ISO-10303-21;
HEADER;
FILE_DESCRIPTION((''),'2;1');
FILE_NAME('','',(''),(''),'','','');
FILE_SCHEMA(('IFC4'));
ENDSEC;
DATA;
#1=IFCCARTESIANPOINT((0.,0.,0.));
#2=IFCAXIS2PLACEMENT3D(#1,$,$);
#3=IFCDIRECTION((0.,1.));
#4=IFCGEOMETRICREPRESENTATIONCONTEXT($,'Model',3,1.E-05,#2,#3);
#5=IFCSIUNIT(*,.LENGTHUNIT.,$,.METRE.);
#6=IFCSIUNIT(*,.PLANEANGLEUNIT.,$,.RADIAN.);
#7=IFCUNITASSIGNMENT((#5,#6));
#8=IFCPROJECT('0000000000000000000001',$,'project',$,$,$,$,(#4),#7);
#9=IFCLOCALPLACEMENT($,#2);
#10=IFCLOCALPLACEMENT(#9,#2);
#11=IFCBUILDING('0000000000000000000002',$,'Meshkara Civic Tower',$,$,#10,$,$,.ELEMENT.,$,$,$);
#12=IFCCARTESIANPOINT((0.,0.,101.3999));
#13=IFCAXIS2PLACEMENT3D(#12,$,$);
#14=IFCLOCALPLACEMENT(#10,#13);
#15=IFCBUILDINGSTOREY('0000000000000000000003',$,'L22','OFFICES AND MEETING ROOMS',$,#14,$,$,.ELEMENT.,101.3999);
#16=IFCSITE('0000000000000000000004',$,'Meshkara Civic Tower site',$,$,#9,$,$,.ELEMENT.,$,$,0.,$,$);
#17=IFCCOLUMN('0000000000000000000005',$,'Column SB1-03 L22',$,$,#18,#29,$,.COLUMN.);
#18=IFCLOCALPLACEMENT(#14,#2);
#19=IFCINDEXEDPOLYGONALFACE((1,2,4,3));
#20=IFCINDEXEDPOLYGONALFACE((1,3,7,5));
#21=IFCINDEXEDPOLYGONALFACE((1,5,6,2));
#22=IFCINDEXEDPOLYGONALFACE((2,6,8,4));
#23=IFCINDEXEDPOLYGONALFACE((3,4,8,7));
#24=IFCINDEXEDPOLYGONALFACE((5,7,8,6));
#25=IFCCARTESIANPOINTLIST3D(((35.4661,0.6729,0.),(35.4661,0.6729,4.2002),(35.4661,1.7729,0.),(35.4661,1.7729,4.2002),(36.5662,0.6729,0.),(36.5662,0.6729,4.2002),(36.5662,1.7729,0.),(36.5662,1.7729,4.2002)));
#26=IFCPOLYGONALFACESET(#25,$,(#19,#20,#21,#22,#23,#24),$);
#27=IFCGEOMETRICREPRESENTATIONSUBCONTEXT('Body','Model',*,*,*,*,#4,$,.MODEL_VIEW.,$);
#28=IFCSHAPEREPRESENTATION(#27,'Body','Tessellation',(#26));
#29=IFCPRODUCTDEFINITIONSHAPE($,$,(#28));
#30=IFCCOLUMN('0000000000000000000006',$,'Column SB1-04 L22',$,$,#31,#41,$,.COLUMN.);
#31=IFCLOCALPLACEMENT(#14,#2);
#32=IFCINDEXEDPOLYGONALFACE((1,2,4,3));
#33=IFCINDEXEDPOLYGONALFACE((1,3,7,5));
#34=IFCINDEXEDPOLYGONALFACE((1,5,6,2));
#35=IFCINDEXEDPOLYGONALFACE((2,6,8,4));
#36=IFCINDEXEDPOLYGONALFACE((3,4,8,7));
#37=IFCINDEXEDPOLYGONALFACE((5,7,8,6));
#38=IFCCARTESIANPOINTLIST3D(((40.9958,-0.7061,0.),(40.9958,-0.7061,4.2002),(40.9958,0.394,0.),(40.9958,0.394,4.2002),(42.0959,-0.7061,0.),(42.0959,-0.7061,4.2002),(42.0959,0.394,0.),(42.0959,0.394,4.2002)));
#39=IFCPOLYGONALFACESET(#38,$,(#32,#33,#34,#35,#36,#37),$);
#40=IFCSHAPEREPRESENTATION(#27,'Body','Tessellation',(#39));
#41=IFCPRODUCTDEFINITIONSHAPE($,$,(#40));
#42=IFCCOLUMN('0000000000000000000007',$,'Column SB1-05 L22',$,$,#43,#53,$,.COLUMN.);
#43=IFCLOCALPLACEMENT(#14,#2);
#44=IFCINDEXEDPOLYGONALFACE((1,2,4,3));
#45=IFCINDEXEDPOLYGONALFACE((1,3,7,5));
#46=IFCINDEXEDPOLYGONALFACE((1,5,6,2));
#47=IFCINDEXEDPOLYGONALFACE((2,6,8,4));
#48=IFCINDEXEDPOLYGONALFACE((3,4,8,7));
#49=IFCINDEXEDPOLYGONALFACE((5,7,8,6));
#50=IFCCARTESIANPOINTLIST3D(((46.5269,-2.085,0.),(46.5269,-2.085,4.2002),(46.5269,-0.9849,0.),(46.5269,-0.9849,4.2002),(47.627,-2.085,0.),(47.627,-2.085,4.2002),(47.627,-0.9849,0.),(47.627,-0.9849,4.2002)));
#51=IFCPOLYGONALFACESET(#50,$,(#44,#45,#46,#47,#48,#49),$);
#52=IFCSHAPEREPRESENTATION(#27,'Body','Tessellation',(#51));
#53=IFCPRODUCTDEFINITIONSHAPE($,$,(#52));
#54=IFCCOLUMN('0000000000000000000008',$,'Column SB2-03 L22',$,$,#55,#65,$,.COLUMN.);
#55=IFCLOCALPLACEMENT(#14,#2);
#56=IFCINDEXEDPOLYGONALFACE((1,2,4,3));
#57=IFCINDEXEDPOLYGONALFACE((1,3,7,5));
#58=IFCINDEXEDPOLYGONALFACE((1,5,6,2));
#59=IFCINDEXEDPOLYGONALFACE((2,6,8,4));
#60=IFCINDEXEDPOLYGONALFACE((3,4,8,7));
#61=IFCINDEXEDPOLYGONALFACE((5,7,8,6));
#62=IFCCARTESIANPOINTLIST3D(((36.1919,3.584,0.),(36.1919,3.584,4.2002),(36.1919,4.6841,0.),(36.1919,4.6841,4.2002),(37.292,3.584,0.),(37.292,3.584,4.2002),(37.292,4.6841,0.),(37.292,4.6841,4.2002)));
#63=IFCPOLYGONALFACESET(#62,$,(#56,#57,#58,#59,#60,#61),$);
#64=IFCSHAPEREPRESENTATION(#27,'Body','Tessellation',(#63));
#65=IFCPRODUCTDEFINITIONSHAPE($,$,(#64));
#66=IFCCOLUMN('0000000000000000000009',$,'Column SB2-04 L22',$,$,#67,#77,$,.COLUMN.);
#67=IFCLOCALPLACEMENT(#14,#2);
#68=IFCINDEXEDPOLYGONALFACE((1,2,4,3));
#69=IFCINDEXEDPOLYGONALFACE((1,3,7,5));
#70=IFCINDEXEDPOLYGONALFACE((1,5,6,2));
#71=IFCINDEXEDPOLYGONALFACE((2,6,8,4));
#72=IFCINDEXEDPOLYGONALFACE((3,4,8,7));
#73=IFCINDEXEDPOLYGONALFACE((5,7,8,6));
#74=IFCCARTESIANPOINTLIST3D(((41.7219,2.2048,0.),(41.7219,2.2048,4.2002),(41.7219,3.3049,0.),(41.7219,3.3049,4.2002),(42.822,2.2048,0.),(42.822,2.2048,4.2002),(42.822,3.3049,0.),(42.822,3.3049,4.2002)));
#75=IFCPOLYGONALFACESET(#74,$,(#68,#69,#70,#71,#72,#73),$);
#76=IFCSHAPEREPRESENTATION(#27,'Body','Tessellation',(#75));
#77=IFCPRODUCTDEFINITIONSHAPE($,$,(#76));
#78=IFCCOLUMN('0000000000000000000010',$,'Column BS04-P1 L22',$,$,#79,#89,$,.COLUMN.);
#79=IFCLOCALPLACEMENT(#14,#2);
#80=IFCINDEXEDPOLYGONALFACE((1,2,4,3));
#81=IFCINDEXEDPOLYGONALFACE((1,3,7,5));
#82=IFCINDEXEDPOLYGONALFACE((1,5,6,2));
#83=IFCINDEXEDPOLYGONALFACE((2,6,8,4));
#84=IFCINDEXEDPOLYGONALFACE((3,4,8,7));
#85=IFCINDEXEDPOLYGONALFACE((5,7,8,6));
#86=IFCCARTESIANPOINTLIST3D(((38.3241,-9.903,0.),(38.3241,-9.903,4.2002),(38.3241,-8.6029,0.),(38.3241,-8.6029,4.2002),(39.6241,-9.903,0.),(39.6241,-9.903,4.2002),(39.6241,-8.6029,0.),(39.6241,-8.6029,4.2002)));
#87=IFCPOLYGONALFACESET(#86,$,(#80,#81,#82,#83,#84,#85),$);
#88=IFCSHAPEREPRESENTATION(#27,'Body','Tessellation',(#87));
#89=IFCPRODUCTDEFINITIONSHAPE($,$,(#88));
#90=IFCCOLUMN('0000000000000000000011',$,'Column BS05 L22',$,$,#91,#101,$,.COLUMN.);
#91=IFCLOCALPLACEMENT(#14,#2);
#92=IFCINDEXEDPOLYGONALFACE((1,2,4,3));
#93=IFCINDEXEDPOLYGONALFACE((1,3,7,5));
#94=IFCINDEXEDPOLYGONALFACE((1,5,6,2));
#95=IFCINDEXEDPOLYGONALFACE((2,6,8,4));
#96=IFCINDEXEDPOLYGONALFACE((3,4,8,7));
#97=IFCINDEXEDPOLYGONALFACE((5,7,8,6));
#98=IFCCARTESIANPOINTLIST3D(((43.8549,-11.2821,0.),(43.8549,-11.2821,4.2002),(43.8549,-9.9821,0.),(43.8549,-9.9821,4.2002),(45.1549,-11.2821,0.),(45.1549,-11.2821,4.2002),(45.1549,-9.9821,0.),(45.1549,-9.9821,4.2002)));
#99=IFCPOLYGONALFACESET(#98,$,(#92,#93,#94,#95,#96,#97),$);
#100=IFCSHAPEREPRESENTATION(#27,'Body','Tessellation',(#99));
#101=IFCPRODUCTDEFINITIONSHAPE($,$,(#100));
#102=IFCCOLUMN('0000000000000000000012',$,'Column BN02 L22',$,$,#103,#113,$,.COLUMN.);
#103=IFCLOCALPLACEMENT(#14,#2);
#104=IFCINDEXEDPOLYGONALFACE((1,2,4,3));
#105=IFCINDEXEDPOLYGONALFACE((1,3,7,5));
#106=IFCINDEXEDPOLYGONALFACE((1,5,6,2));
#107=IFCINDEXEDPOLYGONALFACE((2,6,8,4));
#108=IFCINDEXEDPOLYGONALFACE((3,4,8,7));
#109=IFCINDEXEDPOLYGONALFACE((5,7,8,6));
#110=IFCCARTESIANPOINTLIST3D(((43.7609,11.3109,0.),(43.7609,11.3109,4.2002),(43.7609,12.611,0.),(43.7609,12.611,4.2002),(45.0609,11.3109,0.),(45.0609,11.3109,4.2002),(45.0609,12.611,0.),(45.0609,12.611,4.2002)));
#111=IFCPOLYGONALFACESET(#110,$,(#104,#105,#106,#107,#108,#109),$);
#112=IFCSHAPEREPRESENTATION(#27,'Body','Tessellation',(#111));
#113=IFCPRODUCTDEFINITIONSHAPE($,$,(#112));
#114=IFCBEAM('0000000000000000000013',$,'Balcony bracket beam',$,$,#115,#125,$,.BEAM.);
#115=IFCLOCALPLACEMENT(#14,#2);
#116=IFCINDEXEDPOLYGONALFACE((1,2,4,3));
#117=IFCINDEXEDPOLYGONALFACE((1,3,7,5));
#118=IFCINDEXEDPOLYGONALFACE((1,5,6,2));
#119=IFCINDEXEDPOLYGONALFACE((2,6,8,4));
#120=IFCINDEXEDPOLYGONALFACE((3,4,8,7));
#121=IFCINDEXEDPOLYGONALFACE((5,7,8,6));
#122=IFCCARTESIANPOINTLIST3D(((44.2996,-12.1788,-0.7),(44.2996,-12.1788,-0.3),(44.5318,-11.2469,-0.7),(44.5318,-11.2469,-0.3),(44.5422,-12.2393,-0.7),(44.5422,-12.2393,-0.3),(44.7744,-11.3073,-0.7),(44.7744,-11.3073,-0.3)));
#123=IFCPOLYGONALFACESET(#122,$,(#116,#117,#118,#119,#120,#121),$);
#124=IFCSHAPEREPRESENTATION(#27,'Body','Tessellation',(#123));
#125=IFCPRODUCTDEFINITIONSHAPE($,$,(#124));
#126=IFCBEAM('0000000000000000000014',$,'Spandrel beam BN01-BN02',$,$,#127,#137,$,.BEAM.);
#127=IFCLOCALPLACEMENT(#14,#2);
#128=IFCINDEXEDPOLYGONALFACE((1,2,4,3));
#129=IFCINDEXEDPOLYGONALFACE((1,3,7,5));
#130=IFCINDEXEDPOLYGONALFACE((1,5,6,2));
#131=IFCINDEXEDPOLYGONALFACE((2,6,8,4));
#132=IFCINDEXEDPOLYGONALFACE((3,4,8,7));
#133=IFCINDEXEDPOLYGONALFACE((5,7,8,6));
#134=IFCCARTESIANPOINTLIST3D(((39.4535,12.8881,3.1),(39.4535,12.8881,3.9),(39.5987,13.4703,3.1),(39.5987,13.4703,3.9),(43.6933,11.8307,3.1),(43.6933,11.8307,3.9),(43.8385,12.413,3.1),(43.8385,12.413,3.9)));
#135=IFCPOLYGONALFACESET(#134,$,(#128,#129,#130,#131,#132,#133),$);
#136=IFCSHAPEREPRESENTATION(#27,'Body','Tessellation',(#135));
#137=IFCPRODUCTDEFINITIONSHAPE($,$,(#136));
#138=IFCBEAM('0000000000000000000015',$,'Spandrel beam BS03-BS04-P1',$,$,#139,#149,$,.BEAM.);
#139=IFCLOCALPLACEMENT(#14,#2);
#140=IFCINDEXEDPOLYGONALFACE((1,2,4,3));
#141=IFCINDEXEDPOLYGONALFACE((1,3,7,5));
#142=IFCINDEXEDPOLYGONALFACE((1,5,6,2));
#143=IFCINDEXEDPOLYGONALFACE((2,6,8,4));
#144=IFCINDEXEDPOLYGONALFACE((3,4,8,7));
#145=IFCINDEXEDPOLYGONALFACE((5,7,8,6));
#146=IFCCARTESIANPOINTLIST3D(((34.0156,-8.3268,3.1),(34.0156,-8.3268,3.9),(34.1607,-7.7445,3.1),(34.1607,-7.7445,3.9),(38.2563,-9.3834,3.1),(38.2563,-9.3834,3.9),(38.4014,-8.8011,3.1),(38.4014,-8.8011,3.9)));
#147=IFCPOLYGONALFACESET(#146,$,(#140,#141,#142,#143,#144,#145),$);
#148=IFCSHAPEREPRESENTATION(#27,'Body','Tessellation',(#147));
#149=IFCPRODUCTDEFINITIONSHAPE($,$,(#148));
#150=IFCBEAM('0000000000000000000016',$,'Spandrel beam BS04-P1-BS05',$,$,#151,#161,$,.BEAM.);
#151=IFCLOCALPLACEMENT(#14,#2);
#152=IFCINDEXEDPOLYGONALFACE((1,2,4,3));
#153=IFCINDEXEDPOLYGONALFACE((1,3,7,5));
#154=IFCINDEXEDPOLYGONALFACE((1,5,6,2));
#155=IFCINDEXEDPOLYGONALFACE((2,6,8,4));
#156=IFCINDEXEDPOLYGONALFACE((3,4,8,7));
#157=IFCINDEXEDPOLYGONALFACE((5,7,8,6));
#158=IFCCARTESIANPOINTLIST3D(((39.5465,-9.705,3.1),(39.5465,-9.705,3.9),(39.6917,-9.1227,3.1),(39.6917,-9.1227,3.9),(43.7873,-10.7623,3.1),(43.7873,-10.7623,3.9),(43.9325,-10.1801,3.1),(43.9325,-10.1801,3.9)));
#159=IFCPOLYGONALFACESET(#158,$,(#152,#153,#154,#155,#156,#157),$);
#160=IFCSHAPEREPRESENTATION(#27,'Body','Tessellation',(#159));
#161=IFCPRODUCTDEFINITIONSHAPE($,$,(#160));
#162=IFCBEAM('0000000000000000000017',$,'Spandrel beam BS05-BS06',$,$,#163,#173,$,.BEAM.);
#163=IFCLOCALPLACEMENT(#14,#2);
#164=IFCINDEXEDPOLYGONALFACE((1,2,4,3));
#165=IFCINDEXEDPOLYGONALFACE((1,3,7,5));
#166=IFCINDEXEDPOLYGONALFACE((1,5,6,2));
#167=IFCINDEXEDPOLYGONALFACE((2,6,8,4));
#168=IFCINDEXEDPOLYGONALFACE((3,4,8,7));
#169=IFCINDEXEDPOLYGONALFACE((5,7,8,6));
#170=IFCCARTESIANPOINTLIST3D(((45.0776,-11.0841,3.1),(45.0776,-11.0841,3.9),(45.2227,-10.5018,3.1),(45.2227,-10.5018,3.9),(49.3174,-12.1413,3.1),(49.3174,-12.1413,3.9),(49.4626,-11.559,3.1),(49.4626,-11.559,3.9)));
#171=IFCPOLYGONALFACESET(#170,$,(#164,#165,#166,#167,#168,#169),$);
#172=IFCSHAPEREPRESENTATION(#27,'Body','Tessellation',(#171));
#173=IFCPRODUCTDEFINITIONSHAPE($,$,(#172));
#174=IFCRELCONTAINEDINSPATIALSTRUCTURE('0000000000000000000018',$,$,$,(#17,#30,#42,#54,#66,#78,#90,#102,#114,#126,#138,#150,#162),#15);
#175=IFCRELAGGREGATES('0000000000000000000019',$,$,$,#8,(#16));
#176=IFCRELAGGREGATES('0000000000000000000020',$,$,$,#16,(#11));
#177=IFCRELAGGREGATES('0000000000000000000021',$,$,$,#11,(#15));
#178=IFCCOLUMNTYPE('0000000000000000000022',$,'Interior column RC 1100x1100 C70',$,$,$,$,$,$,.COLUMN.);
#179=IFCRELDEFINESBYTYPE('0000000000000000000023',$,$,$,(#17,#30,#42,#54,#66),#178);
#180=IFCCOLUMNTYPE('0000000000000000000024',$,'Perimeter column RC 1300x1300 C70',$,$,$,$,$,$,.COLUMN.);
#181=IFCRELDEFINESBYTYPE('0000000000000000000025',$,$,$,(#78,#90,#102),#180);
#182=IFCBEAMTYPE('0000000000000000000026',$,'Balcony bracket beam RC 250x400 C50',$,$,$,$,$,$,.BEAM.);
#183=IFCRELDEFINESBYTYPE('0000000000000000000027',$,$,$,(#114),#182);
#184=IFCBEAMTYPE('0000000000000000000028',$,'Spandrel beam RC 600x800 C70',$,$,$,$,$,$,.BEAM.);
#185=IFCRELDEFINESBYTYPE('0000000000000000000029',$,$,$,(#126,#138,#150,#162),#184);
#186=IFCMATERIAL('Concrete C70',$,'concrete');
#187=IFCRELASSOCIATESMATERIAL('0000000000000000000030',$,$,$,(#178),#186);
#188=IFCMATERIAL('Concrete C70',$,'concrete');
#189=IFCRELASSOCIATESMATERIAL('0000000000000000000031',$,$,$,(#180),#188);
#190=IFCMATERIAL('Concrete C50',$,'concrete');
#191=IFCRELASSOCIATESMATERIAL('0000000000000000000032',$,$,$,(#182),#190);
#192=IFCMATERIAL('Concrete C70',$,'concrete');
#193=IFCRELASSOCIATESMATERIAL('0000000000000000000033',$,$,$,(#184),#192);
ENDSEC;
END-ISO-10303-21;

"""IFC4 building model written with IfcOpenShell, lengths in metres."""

from ifc_helpers import new_model, si_unit, direction, frame, origin, origin_2d, place, context, subcontext, project, spatial, rectangle, extrude, material, material_profile, profile_set, type_object, element, save


model = new_model("IFC4")

# Units and contexts
model_context = context("Model", 3, precision=1e-05, world=origin(), true_north=direction((0.0, 1.0)))
body_context = subcontext(model_context, "Body", "Model", "MODEL_VIEW")
ifc_project = project(units=[si_unit("LENGTHUNIT", "METRE"), si_unit("PLANEANGLEUNIT", "RADIAN")], contexts=[model_context])

# Site, building, storey
site_placement = place(None, origin())
site = spatial("IfcSite", under=ifc_project, at=site_placement, Name="Meshkara Civic Tower site", CompositionType="ELEMENT", RefElevation=0.0)
building_placement = place(site_placement, origin())
building = spatial("IfcBuilding", under=site, at=building_placement, Name="Meshkara Civic Tower", CompositionType="ELEMENT")
storey_placement = place(building_placement, frame((0.0, 0.0, 101.3999)))
storey = spatial("IfcBuildingStorey", under=building, at=storey_placement, Name="L22", Description="OFFICES AND MEETING ROOMS", CompositionType="ELEMENT", Elevation=101.3999)

# Columns
ifc_material_1 = material(Name="Concrete C70", Category="concrete")
ifc_material_profile_1 = material_profile(ifc_material_1, rectangle(XDim=1.1001, YDim=1.1001, at=origin_2d()))
ifc_profile_set_1 = profile_set([ifc_material_profile_1], Name="Concrete C70")
column_type_1 = type_object("IfcColumnType", Name="Interior column RC 1100x1100 C70", PredefinedType="COLUMN", material=ifc_profile_set_1)
for number, where, z_axis, x_axis, name in (
    (1, (36.0161, 1.2229, 0.0), (0.0, 0.0, 1.0), (1.0, 0.0, 0.0), "Column SB1-03 L22"),
    (2, (41.5459, -0.156, 0.0), (0.0, 0.0, 1.0), (1.0, 0.0, 0.0), "Column SB1-04 L22"),
    (3, (47.0769, -1.5349, 0.0), (0.0, 0.0, 1.0), (1.0, 0.0, 0.0), "Column SB1-05 L22"),
    (4, (36.7419, 4.134, 0.0), (0.0, 0.0, 1.0), (1.0, 0.0, 0.0), "Column SB2-03 L22"),
    (5, (42.272, 2.7549, 0.0), (0.0, 0.0, 1.0), (1.0, 0.0, 0.0), "Column SB2-04 L22"),
):
    element("IfcColumn", number, at=place(storey_placement, frame(where, z_axis=z_axis, x_axis=x_axis)), inside=storey, type_object=column_type_1, Name=name, PredefinedType="COLUMN", context=body_context, shape_type="SweptSolid", body=[
        extrude(rectangle(XDim=1.1001, YDim=1.1001, at=origin_2d()), origin(), (0.0, 0.0, 1.0), 4.2002),
    ])
ifc_material_2 = material(Name="Concrete C70", Category="concrete")
ifc_material_profile_2 = material_profile(ifc_material_2, rectangle(XDim=1.3, YDim=1.3, at=origin_2d()))
ifc_profile_set_2 = profile_set([ifc_material_profile_2], Name="Concrete C70")
column_type_2 = type_object("IfcColumnType", Name="Perimeter column RC 1300x1300 C70", PredefinedType="COLUMN", material=ifc_profile_set_2)
for number, where, z_axis, x_axis, name in (
    (6, (38.9741, -9.2529, 0.0), (0.0, 0.0, 1.0), (1.0, 0.0, 0.0), "Column BS04-P1 L22"),
    (7, (44.5049, -10.6321, 0.0), (0.0, 0.0, 1.0), (1.0, 0.0, 0.0), "Column BS05 L22"),
    (8, (44.4109, 11.9609, 0.0), (0.0, 0.0, 1.0), (1.0, 0.0, 0.0), "Column BN02 L22"),
):
    element("IfcColumn", number, at=place(storey_placement, frame(where, z_axis=z_axis, x_axis=x_axis)), inside=storey, type_object=column_type_2, Name=name, PredefinedType="COLUMN", context=body_context, shape_type="SweptSolid", body=[
        extrude(rectangle(XDim=1.3, YDim=1.3, at=origin_2d()), origin(), (0.0, 0.0, 1.0), 4.2002),
    ])

# Beams
ifc_material_3 = material(Name="Concrete C50", Category="concrete")
ifc_material_profile_3 = material_profile(ifc_material_3, rectangle(XDim=0.25, YDim=0.3999, at=origin_2d()))
ifc_profile_set_3 = profile_set([ifc_material_profile_3], Name="Concrete C50")
beam_type_1 = type_object("IfcBeamType", Name="Balcony bracket beam RC 250x400 C50", PredefinedType="BEAM", material=ifc_profile_set_3)
beam_1_placement = place(storey_placement, frame((44.6531, -11.2771, -0.5), z_axis=(-0.241758, -0.970337, 0.0), x_axis=(0.970337, -0.241758, 0.0)))
element("IfcBeam", 9, at=beam_1_placement, inside=storey, type_object=beam_type_1, Name="Balcony bracket beam", PredefinedType="BEAM", context=body_context, shape_type="SweptSolid", body=[
    extrude(rectangle(XDim=0.25, YDim=0.3999, at=origin_2d()), origin(), (0.0, 0.0, 1.0), 0.9604),
])
ifc_material_4 = material(Name="Concrete C70", Category="concrete")
ifc_material_profile_4 = material_profile(ifc_material_4, rectangle(XDim=0.6001, YDim=0.8, at=origin_2d()))
ifc_profile_set_4 = profile_set([ifc_material_profile_4], Name="Concrete C70")
beam_type_2 = type_object("IfcBeamType", Name="Spandrel beam RC 600x800 C70", PredefinedType="BEAM", material=ifc_profile_set_4)
beam_2_placement = place(storey_placement, frame((43.7659, 12.1218, 3.5), z_axis=(-0.97028, 0.241983, 0.0), x_axis=(-0.241983, -0.97028, 0.0)))
element("IfcBeam", 10, at=beam_2_placement, inside=storey, type_object=beam_type_2, Name="Spandrel beam BN01-BN02", PredefinedType="BEAM", context=body_context, shape_type="SweptSolid", body=[
    extrude(rectangle(XDim=0.6001, YDim=0.8, at=origin_2d()), origin(), (0.0, 0.0, 1.0), 4.3696),
])
beam_3_placement = place(storey_placement, frame((34.0881, -8.0356, 3.5), z_axis=(0.970333, -0.241773, 0.0), x_axis=(0.241773, 0.970333, 0.0)))
element("IfcBeam", 11, at=beam_3_placement, inside=storey, type_object=beam_type_2, Name="Spandrel beam BS03-BS04-P1", PredefinedType="BEAM", context=body_context, shape_type="SweptSolid", body=[
    extrude(rectangle(XDim=0.6001, YDim=0.8, at=origin_2d()), origin(), (0.0, 0.0, 1.0), 4.3704),
])
beam_4_placement = place(storey_placement, frame((39.6191, -9.4138, 3.5), z_axis=(0.970293, -0.241931, 0.0), x_axis=(0.241931, 0.970293, 0.0)))
element("IfcBeam", 12, at=beam_4_placement, inside=storey, type_object=beam_type_2, Name="Spandrel beam BS04-P1-BS05", PredefinedType="BEAM", context=body_context, shape_type="SweptSolid", body=[
    extrude(rectangle(XDim=0.6001, YDim=0.8, at=origin_2d()), origin(), (0.0, 0.0, 1.0), 4.3706),
])
beam_5_placement = place(storey_placement, frame((45.1501, -10.793, 3.5), z_axis=(0.970293, -0.241931, 0.0), x_axis=(0.241931, 0.970293, 0.0)))
element("IfcBeam", 13, at=beam_5_placement, inside=storey, type_object=beam_type_2, Name="Spandrel beam BS05-BS06", PredefinedType="BEAM", context=body_context, shape_type="SweptSolid", body=[
    extrude(rectangle(XDim=0.6001, YDim=0.8, at=origin_2d()), origin(), (0.0, 0.0, 1.0), 4.3696),
])

save(model, "model.ifc")
